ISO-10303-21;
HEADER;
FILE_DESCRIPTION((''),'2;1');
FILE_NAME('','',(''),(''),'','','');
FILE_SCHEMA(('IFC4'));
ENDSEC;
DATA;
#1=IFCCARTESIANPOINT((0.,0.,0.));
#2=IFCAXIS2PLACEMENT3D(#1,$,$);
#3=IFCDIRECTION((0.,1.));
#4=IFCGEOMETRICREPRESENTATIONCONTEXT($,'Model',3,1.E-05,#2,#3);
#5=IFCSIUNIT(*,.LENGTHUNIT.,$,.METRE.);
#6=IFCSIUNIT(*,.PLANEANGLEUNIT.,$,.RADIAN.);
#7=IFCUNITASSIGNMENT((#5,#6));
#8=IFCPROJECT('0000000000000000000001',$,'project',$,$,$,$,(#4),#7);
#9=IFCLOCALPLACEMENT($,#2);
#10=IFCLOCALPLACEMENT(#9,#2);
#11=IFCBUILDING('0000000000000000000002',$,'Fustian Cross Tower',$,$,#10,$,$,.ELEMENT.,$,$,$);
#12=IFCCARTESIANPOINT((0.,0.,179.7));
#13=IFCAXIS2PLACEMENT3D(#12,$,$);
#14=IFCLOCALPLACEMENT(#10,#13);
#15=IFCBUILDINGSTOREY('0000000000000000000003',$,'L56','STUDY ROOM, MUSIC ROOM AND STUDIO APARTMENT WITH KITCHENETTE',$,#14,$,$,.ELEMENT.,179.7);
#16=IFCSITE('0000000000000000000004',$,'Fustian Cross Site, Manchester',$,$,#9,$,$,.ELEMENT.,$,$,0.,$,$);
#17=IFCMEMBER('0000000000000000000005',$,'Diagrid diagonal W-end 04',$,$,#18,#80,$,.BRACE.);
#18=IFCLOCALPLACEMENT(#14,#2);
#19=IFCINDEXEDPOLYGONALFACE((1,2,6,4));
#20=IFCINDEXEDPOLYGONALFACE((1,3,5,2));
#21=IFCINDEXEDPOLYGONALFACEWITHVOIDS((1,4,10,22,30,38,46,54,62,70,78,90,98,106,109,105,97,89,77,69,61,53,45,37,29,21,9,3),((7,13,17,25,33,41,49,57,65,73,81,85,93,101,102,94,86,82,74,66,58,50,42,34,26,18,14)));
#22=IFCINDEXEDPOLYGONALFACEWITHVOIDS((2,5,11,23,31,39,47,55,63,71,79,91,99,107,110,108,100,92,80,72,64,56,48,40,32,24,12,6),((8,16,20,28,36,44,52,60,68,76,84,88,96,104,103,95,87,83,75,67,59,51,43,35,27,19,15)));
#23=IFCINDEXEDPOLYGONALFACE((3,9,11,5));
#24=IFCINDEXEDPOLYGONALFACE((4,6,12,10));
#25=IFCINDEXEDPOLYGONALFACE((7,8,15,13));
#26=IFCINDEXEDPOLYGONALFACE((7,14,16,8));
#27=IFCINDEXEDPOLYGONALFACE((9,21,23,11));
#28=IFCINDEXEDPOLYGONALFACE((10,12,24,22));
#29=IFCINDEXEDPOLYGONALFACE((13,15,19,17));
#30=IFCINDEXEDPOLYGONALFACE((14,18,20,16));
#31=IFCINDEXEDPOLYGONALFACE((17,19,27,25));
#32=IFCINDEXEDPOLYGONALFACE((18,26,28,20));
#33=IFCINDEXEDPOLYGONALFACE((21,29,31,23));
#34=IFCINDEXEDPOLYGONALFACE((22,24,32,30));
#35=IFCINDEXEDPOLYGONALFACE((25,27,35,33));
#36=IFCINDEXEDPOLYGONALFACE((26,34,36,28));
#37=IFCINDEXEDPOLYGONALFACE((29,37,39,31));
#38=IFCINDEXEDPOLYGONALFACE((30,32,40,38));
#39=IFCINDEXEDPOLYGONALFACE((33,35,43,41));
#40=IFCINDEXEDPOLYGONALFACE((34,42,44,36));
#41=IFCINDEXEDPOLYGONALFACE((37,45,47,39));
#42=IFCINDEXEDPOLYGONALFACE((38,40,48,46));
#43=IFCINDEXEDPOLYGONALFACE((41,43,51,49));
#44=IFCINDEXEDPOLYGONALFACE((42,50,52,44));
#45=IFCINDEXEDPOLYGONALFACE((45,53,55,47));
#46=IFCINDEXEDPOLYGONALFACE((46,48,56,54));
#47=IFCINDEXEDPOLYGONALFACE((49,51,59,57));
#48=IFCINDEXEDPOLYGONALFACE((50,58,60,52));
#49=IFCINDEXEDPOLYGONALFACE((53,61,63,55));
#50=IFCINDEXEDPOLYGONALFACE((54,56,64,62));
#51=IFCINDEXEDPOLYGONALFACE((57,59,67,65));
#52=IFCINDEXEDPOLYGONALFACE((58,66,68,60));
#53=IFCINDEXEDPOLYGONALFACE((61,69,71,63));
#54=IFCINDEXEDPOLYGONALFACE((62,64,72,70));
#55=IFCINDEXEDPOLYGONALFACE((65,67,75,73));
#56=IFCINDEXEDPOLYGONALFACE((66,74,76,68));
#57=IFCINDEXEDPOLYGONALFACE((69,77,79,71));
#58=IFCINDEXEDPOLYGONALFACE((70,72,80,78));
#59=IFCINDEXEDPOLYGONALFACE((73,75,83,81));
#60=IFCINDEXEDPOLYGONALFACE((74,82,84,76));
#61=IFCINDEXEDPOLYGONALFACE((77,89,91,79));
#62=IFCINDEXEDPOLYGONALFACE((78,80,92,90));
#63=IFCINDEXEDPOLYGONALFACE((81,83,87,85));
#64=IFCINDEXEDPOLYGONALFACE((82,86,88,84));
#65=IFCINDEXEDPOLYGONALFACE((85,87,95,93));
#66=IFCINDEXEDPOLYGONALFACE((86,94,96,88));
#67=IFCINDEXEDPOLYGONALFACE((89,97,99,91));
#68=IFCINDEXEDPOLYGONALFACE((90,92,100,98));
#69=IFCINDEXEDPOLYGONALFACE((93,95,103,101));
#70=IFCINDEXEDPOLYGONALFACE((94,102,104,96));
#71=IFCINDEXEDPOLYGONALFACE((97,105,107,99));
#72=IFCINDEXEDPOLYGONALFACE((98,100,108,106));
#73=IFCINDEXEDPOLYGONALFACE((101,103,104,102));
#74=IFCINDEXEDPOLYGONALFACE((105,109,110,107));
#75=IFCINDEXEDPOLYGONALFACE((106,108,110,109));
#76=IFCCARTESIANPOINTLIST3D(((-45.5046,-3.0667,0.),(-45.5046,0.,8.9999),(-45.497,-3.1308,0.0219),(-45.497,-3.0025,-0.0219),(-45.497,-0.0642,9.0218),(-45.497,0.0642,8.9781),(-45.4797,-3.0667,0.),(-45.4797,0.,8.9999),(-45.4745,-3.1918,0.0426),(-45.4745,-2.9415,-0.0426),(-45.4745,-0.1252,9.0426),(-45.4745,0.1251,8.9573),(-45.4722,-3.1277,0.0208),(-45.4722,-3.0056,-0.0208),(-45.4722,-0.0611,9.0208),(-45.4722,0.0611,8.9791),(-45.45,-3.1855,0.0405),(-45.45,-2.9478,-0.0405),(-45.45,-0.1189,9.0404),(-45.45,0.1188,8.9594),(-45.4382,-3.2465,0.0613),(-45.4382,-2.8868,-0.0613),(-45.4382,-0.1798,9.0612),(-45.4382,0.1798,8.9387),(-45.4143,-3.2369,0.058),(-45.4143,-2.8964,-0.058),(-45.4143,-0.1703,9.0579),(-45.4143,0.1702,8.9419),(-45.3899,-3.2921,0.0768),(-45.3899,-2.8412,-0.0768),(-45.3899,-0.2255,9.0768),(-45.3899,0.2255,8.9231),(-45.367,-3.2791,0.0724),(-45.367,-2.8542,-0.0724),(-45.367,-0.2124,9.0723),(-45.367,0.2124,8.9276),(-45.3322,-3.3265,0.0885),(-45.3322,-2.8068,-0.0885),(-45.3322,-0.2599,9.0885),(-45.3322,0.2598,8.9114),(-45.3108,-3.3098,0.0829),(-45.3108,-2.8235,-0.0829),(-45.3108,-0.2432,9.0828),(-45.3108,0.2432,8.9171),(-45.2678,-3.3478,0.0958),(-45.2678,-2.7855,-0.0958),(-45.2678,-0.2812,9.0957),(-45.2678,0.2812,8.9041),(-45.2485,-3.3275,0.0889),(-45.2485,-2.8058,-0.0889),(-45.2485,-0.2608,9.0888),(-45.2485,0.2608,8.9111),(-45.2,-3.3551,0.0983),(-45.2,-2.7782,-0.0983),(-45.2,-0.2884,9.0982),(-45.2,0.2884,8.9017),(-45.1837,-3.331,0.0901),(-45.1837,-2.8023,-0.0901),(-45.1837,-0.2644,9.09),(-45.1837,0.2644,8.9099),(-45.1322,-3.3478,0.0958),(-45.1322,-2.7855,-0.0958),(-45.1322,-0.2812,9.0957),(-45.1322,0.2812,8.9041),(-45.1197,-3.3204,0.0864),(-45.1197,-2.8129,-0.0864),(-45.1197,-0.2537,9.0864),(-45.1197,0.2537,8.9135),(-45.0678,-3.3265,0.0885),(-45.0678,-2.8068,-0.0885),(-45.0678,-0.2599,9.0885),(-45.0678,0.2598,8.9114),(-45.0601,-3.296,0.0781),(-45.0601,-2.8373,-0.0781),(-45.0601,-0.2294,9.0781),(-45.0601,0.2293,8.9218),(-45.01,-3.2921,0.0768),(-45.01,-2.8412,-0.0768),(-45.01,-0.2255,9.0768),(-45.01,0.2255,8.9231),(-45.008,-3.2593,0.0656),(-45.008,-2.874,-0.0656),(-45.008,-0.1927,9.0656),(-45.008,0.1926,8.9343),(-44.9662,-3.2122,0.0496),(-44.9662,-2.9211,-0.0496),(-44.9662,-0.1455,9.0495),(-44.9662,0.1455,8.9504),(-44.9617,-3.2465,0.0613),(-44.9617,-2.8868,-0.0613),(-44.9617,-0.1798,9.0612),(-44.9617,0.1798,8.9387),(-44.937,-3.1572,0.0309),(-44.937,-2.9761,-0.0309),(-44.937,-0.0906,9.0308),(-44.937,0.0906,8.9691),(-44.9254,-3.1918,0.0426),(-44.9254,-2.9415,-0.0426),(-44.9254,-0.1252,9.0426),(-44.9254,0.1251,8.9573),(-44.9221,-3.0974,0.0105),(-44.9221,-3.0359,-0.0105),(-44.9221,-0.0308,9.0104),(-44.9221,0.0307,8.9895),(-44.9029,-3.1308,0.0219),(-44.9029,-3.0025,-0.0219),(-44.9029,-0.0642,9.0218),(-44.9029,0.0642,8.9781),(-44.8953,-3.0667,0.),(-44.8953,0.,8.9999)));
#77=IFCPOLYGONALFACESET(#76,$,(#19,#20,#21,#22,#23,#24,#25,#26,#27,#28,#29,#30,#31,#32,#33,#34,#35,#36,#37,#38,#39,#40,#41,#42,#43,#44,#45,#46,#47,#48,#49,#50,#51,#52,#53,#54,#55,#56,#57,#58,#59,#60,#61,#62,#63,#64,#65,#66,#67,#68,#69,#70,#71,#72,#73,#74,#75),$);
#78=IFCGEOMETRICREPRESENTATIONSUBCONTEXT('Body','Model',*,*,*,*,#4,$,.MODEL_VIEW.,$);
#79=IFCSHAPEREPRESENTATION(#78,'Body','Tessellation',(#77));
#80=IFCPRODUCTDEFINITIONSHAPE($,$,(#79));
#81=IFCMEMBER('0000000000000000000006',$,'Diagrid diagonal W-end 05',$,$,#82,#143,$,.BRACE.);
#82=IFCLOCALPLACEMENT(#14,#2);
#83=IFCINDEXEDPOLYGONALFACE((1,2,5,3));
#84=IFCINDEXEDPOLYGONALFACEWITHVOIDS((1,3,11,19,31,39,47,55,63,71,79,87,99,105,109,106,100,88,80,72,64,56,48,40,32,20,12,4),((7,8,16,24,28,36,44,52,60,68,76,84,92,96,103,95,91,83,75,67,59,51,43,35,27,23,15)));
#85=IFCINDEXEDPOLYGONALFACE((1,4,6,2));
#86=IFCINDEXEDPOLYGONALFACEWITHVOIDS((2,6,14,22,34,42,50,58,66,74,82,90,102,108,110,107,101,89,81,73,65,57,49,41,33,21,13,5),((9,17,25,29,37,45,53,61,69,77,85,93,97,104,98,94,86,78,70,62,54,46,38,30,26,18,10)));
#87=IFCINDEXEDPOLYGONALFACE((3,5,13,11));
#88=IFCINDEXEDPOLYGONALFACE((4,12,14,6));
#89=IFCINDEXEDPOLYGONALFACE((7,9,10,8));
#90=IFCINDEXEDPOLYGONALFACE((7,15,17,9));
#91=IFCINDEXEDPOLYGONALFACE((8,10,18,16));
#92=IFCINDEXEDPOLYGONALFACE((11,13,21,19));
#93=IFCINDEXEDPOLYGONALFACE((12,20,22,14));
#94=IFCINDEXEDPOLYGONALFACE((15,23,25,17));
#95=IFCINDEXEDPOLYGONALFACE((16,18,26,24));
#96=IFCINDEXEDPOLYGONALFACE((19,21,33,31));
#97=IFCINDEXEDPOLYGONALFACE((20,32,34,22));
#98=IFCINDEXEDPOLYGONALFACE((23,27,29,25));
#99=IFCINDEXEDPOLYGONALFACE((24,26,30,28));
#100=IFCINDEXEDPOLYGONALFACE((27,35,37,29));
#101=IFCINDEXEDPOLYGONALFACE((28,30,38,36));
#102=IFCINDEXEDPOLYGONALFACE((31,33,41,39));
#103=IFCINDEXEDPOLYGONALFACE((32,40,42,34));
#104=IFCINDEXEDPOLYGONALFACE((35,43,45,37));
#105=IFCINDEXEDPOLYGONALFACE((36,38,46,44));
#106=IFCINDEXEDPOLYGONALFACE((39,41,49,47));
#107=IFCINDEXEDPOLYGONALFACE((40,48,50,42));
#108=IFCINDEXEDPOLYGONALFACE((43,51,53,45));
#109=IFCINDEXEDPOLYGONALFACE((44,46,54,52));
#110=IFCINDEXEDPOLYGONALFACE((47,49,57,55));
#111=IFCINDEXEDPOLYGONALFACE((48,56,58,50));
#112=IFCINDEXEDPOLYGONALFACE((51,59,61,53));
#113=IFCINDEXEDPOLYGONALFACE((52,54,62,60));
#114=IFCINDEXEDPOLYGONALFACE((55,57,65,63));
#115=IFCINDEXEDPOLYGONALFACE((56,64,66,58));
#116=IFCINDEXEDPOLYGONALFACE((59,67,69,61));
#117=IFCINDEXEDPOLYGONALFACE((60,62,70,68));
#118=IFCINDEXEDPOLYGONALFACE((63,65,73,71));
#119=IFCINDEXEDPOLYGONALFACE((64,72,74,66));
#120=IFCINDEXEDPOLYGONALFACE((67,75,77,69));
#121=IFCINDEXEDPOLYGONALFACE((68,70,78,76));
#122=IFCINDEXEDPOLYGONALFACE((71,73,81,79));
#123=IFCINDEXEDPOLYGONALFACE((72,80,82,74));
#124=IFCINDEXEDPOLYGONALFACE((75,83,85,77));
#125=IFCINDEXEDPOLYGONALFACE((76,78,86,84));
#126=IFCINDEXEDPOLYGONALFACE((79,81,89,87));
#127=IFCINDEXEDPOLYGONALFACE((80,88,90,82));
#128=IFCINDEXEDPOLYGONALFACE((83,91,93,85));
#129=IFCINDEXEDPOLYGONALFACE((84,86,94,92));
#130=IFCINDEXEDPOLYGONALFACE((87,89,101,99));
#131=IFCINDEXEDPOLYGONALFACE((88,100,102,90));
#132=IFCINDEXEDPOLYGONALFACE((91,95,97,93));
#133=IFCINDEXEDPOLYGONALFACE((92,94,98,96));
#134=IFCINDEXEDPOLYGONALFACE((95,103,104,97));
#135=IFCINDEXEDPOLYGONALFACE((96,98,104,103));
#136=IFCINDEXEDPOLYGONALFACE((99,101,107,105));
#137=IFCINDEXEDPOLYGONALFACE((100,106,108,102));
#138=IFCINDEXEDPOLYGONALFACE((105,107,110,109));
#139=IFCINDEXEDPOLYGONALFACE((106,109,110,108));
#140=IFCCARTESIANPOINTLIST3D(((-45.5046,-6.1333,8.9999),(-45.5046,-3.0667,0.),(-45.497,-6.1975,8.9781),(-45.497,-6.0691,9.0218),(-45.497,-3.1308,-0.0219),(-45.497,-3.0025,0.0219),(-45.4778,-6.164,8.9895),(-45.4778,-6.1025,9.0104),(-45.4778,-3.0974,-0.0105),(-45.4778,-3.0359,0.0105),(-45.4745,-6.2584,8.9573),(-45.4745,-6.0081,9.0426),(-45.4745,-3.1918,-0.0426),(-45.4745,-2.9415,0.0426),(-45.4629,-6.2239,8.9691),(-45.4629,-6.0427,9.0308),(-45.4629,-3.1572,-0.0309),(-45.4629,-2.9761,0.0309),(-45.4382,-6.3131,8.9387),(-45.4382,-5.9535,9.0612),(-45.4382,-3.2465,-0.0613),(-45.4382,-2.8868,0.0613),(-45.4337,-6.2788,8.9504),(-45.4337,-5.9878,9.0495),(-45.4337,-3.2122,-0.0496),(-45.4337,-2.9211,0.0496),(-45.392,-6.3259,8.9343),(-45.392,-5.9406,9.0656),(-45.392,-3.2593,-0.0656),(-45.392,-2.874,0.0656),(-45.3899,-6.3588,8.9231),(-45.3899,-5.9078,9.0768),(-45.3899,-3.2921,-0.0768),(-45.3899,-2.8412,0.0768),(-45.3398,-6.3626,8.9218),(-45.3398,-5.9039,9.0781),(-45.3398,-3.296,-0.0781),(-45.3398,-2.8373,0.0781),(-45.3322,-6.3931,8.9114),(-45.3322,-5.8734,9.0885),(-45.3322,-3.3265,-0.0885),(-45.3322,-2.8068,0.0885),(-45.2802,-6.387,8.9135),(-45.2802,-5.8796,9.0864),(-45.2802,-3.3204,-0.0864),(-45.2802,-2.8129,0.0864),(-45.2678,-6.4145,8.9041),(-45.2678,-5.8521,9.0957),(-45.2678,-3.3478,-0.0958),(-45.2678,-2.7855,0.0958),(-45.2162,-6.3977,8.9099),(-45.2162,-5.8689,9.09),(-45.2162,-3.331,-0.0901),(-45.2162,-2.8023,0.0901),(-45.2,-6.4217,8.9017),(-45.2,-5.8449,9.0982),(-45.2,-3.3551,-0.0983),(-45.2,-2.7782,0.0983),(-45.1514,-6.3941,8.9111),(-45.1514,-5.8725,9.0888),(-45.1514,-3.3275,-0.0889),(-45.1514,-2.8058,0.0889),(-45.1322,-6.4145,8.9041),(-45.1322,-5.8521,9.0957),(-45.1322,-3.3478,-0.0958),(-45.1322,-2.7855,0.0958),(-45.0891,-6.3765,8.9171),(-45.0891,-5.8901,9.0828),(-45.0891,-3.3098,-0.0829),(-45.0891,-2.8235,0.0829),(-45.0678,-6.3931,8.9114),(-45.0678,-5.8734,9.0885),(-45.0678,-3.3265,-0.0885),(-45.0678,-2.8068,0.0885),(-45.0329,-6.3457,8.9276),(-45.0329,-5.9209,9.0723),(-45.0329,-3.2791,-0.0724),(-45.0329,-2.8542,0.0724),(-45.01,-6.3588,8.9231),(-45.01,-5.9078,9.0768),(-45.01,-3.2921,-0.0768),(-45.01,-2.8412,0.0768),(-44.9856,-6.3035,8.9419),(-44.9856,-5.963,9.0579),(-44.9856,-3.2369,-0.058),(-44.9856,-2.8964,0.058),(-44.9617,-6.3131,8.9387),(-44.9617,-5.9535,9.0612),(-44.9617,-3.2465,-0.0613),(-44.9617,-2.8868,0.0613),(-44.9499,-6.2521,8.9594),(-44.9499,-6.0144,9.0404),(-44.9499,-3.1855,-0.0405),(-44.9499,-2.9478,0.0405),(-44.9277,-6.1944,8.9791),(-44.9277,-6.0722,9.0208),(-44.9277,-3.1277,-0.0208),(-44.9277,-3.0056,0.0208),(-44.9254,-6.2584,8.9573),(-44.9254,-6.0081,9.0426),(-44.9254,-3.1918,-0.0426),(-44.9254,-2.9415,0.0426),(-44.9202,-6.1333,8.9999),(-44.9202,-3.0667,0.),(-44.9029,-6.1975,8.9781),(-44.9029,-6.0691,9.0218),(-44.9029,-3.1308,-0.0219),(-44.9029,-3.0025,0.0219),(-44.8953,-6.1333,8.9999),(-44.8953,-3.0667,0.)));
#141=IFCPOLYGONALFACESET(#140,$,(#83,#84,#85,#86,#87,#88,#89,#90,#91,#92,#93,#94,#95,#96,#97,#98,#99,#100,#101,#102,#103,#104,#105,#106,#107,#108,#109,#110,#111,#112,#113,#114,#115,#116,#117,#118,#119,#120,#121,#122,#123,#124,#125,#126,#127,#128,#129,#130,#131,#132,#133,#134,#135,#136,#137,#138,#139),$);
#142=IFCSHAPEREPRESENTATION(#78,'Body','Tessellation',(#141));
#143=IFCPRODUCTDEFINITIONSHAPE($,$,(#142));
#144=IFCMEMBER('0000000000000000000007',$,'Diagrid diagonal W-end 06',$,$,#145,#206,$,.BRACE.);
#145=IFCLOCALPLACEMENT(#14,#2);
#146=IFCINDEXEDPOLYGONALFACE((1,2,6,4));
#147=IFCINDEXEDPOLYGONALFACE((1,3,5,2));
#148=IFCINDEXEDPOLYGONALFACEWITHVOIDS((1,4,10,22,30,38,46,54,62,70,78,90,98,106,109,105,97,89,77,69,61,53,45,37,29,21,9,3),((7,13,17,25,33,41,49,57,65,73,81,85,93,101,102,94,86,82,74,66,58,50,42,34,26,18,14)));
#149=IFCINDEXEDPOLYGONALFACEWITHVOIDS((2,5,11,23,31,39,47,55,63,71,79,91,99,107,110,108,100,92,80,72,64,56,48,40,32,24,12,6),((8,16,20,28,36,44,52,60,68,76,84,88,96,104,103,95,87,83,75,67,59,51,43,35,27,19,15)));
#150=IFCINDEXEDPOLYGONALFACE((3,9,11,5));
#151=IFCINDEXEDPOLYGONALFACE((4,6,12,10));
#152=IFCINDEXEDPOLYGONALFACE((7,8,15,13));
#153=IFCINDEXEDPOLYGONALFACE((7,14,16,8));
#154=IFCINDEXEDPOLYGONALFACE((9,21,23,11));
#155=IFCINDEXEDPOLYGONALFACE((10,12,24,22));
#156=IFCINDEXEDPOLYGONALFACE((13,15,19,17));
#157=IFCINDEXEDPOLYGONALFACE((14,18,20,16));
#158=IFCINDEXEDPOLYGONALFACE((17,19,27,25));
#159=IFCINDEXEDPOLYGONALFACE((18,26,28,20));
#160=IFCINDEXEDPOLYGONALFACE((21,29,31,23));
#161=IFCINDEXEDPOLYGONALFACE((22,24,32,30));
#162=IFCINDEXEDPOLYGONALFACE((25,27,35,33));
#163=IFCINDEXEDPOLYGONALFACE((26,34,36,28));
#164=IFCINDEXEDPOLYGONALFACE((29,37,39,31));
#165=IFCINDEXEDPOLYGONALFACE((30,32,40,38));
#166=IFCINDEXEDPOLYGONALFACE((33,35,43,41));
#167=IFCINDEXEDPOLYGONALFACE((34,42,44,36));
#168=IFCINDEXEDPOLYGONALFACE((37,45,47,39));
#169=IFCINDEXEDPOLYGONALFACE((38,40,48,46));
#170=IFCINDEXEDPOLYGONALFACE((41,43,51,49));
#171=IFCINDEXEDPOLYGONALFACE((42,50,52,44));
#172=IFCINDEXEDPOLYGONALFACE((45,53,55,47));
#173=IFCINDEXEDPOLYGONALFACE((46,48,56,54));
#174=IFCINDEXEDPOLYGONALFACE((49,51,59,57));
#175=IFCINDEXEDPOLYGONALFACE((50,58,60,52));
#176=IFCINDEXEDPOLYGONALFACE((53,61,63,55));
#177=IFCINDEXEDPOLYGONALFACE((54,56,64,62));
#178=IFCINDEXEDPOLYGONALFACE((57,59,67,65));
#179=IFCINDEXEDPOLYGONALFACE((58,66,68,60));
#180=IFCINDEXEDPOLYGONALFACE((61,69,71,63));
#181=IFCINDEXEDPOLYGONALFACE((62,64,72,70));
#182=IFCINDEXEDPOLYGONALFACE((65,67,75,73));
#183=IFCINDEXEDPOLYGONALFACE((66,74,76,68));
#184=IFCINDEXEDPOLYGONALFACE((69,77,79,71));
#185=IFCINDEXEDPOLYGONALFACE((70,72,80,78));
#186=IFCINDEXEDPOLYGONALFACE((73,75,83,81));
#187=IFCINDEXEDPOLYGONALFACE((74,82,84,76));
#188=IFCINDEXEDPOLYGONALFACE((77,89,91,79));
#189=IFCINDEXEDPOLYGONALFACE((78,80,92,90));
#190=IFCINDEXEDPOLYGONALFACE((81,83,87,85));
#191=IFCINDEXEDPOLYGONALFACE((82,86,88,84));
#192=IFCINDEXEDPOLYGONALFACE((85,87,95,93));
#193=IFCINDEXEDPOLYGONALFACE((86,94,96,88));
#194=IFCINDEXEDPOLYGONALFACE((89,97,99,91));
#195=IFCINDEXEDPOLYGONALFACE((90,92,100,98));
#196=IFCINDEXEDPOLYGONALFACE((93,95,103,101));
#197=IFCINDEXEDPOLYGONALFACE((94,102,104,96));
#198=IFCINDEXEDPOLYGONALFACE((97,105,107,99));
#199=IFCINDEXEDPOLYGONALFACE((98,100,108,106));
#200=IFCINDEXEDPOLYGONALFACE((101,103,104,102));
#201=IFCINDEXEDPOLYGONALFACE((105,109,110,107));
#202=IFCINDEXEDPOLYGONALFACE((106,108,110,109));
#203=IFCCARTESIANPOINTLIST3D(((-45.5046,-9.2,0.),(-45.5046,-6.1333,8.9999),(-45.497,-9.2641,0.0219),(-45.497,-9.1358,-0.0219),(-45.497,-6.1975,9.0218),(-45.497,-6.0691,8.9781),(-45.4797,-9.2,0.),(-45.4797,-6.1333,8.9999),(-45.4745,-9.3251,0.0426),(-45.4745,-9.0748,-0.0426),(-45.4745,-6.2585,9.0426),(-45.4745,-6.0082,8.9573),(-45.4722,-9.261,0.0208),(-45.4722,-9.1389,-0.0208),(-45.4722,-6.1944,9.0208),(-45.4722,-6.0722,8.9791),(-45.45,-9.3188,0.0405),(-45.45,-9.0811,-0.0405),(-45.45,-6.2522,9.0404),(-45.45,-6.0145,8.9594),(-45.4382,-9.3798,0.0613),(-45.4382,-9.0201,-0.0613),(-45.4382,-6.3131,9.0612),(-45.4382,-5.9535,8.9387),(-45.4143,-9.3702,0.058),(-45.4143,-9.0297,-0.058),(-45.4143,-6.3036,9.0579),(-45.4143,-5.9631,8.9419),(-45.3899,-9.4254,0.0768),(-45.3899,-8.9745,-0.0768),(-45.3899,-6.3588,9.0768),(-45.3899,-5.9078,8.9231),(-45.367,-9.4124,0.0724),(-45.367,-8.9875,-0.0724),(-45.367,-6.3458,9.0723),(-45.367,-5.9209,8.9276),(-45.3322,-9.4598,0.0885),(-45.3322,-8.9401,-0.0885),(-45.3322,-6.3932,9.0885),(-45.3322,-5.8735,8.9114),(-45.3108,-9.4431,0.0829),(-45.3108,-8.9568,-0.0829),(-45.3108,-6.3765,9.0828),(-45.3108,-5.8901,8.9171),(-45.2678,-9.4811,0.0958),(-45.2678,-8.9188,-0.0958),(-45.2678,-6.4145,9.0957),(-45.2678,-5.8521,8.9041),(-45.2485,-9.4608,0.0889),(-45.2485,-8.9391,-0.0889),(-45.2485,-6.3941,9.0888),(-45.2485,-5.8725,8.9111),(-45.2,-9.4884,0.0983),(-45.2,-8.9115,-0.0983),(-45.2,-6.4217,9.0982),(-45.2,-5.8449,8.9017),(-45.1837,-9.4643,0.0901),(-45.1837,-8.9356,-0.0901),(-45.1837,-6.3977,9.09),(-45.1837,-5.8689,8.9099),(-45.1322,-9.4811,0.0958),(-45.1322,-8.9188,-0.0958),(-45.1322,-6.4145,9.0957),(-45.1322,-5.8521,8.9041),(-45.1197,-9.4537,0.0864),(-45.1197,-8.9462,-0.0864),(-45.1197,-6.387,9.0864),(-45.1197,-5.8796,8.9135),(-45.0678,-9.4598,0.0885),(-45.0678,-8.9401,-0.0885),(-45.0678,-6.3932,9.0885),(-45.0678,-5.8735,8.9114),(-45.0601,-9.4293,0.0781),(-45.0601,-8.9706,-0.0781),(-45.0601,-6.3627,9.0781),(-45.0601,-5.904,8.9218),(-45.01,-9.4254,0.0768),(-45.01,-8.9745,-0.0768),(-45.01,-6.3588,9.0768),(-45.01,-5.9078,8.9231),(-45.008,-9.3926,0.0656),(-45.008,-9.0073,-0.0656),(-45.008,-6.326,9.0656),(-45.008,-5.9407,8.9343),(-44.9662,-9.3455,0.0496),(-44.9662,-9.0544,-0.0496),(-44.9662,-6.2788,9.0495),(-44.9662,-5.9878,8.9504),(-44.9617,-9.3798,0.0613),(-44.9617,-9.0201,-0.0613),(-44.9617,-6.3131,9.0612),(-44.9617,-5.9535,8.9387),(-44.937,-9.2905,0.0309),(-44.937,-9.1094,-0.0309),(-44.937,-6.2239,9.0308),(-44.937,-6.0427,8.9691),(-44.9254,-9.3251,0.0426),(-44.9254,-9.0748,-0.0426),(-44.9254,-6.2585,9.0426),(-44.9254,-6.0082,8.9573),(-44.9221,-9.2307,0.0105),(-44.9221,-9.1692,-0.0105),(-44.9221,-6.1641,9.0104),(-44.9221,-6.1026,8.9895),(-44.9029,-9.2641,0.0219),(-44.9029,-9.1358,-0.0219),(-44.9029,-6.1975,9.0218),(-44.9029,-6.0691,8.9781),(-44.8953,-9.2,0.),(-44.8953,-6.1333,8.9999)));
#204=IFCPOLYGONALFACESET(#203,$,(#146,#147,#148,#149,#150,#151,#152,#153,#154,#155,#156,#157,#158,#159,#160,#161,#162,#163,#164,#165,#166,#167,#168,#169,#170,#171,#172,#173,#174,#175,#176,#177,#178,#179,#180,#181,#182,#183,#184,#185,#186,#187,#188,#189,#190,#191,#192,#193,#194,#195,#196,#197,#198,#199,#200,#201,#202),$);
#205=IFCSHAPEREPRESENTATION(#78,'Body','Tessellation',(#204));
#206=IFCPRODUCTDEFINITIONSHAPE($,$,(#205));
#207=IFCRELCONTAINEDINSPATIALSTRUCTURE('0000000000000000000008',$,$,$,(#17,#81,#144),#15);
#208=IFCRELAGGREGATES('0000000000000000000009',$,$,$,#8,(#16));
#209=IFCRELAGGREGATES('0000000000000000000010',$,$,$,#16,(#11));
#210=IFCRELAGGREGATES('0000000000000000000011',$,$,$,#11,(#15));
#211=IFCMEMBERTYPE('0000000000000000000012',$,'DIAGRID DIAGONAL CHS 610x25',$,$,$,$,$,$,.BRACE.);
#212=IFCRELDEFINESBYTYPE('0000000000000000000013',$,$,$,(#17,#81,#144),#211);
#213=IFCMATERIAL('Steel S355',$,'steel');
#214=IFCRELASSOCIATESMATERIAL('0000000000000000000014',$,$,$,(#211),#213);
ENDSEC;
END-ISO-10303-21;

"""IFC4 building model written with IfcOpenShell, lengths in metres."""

from ifc_helpers import new_model, si_unit, direction, frame, origin, origin_2d, place, context, subcontext, project, spatial, hollow_circle, extrude, material, material_profile, profile_set, type_object, element, save


model = new_model("IFC4")

# Units and contexts
model_context = context("Model", 3, precision=1e-05, world=origin(), true_north=direction((0.0, 1.0)))
body_context = subcontext(model_context, "Body", "Model", "MODEL_VIEW")
ifc_project = project(units=[si_unit("LENGTHUNIT", "METRE"), si_unit("PLANEANGLEUNIT", "RADIAN")], contexts=[model_context])

# Site, building, storey
site_placement = place(None, origin())
site = spatial("IfcSite", under=ifc_project, at=site_placement, Name="Fustian Cross Site, Manchester", CompositionType="ELEMENT", RefElevation=0.0)
building_placement = place(site_placement, origin())
building = spatial("IfcBuilding", under=site, at=building_placement, Name="Fustian Cross Tower", CompositionType="ELEMENT")
storey_placement = place(building_placement, frame((0.0, 0.0, 179.7)))
storey = spatial("IfcBuildingStorey", under=building, at=storey_placement, Name="L56", Description="STUDY ROOM, MUSIC ROOM AND STUDIO APARTMENT WITH KITCHENETTE", CompositionType="ELEMENT", Elevation=179.7)

# Members
ifc_material_1 = material(Name="Steel S355", Category="steel")
ifc_material_profile_1 = material_profile(ifc_material_1, hollow_circle(Radius=0.3047, WallThickness=0.0249, at=origin_2d()), Name="CHS 610x25")
ifc_profile_set_1 = profile_set([ifc_material_profile_1], Name="Steel S355")
member_type_1 = type_object("IfcMemberType", Name="DIAGRID DIAGONAL CHS 610x25", PredefinedType="BRACE", material=ifc_profile_set_1)
for number, where, z_axis, x_axis, name in (
    (1, (-45.2, -3.0667, 0.0), (0.0, 0.32253, 0.946559), (-1.0, 0.0, 0.0), "Diagrid diagonal W-end 04"),
    (2, (-45.2, -3.0667, 0.0), (0.0, -0.32253, 0.946559), (1.0, 0.0, 0.0), "Diagrid diagonal W-end 05"),
    (3, (-45.2, -9.2, 0.0), (0.0, 0.32253, 0.946559), (-1.0, 0.0, 0.0), "Diagrid diagonal W-end 06"),
):
    element("IfcMember", number, at=place(storey_placement, frame(where, z_axis=z_axis, x_axis=x_axis)), inside=storey, type_object=member_type_1, Name=name, PredefinedType="BRACE", context=body_context, shape_type="SweptSolid", body=[
        extrude(hollow_circle(Radius=0.3047, WallThickness=0.0249, at=origin_2d()), origin(), (0.0, 0.0, 1.0), 9.5081),
    ])

save(model, "model.ifc")
